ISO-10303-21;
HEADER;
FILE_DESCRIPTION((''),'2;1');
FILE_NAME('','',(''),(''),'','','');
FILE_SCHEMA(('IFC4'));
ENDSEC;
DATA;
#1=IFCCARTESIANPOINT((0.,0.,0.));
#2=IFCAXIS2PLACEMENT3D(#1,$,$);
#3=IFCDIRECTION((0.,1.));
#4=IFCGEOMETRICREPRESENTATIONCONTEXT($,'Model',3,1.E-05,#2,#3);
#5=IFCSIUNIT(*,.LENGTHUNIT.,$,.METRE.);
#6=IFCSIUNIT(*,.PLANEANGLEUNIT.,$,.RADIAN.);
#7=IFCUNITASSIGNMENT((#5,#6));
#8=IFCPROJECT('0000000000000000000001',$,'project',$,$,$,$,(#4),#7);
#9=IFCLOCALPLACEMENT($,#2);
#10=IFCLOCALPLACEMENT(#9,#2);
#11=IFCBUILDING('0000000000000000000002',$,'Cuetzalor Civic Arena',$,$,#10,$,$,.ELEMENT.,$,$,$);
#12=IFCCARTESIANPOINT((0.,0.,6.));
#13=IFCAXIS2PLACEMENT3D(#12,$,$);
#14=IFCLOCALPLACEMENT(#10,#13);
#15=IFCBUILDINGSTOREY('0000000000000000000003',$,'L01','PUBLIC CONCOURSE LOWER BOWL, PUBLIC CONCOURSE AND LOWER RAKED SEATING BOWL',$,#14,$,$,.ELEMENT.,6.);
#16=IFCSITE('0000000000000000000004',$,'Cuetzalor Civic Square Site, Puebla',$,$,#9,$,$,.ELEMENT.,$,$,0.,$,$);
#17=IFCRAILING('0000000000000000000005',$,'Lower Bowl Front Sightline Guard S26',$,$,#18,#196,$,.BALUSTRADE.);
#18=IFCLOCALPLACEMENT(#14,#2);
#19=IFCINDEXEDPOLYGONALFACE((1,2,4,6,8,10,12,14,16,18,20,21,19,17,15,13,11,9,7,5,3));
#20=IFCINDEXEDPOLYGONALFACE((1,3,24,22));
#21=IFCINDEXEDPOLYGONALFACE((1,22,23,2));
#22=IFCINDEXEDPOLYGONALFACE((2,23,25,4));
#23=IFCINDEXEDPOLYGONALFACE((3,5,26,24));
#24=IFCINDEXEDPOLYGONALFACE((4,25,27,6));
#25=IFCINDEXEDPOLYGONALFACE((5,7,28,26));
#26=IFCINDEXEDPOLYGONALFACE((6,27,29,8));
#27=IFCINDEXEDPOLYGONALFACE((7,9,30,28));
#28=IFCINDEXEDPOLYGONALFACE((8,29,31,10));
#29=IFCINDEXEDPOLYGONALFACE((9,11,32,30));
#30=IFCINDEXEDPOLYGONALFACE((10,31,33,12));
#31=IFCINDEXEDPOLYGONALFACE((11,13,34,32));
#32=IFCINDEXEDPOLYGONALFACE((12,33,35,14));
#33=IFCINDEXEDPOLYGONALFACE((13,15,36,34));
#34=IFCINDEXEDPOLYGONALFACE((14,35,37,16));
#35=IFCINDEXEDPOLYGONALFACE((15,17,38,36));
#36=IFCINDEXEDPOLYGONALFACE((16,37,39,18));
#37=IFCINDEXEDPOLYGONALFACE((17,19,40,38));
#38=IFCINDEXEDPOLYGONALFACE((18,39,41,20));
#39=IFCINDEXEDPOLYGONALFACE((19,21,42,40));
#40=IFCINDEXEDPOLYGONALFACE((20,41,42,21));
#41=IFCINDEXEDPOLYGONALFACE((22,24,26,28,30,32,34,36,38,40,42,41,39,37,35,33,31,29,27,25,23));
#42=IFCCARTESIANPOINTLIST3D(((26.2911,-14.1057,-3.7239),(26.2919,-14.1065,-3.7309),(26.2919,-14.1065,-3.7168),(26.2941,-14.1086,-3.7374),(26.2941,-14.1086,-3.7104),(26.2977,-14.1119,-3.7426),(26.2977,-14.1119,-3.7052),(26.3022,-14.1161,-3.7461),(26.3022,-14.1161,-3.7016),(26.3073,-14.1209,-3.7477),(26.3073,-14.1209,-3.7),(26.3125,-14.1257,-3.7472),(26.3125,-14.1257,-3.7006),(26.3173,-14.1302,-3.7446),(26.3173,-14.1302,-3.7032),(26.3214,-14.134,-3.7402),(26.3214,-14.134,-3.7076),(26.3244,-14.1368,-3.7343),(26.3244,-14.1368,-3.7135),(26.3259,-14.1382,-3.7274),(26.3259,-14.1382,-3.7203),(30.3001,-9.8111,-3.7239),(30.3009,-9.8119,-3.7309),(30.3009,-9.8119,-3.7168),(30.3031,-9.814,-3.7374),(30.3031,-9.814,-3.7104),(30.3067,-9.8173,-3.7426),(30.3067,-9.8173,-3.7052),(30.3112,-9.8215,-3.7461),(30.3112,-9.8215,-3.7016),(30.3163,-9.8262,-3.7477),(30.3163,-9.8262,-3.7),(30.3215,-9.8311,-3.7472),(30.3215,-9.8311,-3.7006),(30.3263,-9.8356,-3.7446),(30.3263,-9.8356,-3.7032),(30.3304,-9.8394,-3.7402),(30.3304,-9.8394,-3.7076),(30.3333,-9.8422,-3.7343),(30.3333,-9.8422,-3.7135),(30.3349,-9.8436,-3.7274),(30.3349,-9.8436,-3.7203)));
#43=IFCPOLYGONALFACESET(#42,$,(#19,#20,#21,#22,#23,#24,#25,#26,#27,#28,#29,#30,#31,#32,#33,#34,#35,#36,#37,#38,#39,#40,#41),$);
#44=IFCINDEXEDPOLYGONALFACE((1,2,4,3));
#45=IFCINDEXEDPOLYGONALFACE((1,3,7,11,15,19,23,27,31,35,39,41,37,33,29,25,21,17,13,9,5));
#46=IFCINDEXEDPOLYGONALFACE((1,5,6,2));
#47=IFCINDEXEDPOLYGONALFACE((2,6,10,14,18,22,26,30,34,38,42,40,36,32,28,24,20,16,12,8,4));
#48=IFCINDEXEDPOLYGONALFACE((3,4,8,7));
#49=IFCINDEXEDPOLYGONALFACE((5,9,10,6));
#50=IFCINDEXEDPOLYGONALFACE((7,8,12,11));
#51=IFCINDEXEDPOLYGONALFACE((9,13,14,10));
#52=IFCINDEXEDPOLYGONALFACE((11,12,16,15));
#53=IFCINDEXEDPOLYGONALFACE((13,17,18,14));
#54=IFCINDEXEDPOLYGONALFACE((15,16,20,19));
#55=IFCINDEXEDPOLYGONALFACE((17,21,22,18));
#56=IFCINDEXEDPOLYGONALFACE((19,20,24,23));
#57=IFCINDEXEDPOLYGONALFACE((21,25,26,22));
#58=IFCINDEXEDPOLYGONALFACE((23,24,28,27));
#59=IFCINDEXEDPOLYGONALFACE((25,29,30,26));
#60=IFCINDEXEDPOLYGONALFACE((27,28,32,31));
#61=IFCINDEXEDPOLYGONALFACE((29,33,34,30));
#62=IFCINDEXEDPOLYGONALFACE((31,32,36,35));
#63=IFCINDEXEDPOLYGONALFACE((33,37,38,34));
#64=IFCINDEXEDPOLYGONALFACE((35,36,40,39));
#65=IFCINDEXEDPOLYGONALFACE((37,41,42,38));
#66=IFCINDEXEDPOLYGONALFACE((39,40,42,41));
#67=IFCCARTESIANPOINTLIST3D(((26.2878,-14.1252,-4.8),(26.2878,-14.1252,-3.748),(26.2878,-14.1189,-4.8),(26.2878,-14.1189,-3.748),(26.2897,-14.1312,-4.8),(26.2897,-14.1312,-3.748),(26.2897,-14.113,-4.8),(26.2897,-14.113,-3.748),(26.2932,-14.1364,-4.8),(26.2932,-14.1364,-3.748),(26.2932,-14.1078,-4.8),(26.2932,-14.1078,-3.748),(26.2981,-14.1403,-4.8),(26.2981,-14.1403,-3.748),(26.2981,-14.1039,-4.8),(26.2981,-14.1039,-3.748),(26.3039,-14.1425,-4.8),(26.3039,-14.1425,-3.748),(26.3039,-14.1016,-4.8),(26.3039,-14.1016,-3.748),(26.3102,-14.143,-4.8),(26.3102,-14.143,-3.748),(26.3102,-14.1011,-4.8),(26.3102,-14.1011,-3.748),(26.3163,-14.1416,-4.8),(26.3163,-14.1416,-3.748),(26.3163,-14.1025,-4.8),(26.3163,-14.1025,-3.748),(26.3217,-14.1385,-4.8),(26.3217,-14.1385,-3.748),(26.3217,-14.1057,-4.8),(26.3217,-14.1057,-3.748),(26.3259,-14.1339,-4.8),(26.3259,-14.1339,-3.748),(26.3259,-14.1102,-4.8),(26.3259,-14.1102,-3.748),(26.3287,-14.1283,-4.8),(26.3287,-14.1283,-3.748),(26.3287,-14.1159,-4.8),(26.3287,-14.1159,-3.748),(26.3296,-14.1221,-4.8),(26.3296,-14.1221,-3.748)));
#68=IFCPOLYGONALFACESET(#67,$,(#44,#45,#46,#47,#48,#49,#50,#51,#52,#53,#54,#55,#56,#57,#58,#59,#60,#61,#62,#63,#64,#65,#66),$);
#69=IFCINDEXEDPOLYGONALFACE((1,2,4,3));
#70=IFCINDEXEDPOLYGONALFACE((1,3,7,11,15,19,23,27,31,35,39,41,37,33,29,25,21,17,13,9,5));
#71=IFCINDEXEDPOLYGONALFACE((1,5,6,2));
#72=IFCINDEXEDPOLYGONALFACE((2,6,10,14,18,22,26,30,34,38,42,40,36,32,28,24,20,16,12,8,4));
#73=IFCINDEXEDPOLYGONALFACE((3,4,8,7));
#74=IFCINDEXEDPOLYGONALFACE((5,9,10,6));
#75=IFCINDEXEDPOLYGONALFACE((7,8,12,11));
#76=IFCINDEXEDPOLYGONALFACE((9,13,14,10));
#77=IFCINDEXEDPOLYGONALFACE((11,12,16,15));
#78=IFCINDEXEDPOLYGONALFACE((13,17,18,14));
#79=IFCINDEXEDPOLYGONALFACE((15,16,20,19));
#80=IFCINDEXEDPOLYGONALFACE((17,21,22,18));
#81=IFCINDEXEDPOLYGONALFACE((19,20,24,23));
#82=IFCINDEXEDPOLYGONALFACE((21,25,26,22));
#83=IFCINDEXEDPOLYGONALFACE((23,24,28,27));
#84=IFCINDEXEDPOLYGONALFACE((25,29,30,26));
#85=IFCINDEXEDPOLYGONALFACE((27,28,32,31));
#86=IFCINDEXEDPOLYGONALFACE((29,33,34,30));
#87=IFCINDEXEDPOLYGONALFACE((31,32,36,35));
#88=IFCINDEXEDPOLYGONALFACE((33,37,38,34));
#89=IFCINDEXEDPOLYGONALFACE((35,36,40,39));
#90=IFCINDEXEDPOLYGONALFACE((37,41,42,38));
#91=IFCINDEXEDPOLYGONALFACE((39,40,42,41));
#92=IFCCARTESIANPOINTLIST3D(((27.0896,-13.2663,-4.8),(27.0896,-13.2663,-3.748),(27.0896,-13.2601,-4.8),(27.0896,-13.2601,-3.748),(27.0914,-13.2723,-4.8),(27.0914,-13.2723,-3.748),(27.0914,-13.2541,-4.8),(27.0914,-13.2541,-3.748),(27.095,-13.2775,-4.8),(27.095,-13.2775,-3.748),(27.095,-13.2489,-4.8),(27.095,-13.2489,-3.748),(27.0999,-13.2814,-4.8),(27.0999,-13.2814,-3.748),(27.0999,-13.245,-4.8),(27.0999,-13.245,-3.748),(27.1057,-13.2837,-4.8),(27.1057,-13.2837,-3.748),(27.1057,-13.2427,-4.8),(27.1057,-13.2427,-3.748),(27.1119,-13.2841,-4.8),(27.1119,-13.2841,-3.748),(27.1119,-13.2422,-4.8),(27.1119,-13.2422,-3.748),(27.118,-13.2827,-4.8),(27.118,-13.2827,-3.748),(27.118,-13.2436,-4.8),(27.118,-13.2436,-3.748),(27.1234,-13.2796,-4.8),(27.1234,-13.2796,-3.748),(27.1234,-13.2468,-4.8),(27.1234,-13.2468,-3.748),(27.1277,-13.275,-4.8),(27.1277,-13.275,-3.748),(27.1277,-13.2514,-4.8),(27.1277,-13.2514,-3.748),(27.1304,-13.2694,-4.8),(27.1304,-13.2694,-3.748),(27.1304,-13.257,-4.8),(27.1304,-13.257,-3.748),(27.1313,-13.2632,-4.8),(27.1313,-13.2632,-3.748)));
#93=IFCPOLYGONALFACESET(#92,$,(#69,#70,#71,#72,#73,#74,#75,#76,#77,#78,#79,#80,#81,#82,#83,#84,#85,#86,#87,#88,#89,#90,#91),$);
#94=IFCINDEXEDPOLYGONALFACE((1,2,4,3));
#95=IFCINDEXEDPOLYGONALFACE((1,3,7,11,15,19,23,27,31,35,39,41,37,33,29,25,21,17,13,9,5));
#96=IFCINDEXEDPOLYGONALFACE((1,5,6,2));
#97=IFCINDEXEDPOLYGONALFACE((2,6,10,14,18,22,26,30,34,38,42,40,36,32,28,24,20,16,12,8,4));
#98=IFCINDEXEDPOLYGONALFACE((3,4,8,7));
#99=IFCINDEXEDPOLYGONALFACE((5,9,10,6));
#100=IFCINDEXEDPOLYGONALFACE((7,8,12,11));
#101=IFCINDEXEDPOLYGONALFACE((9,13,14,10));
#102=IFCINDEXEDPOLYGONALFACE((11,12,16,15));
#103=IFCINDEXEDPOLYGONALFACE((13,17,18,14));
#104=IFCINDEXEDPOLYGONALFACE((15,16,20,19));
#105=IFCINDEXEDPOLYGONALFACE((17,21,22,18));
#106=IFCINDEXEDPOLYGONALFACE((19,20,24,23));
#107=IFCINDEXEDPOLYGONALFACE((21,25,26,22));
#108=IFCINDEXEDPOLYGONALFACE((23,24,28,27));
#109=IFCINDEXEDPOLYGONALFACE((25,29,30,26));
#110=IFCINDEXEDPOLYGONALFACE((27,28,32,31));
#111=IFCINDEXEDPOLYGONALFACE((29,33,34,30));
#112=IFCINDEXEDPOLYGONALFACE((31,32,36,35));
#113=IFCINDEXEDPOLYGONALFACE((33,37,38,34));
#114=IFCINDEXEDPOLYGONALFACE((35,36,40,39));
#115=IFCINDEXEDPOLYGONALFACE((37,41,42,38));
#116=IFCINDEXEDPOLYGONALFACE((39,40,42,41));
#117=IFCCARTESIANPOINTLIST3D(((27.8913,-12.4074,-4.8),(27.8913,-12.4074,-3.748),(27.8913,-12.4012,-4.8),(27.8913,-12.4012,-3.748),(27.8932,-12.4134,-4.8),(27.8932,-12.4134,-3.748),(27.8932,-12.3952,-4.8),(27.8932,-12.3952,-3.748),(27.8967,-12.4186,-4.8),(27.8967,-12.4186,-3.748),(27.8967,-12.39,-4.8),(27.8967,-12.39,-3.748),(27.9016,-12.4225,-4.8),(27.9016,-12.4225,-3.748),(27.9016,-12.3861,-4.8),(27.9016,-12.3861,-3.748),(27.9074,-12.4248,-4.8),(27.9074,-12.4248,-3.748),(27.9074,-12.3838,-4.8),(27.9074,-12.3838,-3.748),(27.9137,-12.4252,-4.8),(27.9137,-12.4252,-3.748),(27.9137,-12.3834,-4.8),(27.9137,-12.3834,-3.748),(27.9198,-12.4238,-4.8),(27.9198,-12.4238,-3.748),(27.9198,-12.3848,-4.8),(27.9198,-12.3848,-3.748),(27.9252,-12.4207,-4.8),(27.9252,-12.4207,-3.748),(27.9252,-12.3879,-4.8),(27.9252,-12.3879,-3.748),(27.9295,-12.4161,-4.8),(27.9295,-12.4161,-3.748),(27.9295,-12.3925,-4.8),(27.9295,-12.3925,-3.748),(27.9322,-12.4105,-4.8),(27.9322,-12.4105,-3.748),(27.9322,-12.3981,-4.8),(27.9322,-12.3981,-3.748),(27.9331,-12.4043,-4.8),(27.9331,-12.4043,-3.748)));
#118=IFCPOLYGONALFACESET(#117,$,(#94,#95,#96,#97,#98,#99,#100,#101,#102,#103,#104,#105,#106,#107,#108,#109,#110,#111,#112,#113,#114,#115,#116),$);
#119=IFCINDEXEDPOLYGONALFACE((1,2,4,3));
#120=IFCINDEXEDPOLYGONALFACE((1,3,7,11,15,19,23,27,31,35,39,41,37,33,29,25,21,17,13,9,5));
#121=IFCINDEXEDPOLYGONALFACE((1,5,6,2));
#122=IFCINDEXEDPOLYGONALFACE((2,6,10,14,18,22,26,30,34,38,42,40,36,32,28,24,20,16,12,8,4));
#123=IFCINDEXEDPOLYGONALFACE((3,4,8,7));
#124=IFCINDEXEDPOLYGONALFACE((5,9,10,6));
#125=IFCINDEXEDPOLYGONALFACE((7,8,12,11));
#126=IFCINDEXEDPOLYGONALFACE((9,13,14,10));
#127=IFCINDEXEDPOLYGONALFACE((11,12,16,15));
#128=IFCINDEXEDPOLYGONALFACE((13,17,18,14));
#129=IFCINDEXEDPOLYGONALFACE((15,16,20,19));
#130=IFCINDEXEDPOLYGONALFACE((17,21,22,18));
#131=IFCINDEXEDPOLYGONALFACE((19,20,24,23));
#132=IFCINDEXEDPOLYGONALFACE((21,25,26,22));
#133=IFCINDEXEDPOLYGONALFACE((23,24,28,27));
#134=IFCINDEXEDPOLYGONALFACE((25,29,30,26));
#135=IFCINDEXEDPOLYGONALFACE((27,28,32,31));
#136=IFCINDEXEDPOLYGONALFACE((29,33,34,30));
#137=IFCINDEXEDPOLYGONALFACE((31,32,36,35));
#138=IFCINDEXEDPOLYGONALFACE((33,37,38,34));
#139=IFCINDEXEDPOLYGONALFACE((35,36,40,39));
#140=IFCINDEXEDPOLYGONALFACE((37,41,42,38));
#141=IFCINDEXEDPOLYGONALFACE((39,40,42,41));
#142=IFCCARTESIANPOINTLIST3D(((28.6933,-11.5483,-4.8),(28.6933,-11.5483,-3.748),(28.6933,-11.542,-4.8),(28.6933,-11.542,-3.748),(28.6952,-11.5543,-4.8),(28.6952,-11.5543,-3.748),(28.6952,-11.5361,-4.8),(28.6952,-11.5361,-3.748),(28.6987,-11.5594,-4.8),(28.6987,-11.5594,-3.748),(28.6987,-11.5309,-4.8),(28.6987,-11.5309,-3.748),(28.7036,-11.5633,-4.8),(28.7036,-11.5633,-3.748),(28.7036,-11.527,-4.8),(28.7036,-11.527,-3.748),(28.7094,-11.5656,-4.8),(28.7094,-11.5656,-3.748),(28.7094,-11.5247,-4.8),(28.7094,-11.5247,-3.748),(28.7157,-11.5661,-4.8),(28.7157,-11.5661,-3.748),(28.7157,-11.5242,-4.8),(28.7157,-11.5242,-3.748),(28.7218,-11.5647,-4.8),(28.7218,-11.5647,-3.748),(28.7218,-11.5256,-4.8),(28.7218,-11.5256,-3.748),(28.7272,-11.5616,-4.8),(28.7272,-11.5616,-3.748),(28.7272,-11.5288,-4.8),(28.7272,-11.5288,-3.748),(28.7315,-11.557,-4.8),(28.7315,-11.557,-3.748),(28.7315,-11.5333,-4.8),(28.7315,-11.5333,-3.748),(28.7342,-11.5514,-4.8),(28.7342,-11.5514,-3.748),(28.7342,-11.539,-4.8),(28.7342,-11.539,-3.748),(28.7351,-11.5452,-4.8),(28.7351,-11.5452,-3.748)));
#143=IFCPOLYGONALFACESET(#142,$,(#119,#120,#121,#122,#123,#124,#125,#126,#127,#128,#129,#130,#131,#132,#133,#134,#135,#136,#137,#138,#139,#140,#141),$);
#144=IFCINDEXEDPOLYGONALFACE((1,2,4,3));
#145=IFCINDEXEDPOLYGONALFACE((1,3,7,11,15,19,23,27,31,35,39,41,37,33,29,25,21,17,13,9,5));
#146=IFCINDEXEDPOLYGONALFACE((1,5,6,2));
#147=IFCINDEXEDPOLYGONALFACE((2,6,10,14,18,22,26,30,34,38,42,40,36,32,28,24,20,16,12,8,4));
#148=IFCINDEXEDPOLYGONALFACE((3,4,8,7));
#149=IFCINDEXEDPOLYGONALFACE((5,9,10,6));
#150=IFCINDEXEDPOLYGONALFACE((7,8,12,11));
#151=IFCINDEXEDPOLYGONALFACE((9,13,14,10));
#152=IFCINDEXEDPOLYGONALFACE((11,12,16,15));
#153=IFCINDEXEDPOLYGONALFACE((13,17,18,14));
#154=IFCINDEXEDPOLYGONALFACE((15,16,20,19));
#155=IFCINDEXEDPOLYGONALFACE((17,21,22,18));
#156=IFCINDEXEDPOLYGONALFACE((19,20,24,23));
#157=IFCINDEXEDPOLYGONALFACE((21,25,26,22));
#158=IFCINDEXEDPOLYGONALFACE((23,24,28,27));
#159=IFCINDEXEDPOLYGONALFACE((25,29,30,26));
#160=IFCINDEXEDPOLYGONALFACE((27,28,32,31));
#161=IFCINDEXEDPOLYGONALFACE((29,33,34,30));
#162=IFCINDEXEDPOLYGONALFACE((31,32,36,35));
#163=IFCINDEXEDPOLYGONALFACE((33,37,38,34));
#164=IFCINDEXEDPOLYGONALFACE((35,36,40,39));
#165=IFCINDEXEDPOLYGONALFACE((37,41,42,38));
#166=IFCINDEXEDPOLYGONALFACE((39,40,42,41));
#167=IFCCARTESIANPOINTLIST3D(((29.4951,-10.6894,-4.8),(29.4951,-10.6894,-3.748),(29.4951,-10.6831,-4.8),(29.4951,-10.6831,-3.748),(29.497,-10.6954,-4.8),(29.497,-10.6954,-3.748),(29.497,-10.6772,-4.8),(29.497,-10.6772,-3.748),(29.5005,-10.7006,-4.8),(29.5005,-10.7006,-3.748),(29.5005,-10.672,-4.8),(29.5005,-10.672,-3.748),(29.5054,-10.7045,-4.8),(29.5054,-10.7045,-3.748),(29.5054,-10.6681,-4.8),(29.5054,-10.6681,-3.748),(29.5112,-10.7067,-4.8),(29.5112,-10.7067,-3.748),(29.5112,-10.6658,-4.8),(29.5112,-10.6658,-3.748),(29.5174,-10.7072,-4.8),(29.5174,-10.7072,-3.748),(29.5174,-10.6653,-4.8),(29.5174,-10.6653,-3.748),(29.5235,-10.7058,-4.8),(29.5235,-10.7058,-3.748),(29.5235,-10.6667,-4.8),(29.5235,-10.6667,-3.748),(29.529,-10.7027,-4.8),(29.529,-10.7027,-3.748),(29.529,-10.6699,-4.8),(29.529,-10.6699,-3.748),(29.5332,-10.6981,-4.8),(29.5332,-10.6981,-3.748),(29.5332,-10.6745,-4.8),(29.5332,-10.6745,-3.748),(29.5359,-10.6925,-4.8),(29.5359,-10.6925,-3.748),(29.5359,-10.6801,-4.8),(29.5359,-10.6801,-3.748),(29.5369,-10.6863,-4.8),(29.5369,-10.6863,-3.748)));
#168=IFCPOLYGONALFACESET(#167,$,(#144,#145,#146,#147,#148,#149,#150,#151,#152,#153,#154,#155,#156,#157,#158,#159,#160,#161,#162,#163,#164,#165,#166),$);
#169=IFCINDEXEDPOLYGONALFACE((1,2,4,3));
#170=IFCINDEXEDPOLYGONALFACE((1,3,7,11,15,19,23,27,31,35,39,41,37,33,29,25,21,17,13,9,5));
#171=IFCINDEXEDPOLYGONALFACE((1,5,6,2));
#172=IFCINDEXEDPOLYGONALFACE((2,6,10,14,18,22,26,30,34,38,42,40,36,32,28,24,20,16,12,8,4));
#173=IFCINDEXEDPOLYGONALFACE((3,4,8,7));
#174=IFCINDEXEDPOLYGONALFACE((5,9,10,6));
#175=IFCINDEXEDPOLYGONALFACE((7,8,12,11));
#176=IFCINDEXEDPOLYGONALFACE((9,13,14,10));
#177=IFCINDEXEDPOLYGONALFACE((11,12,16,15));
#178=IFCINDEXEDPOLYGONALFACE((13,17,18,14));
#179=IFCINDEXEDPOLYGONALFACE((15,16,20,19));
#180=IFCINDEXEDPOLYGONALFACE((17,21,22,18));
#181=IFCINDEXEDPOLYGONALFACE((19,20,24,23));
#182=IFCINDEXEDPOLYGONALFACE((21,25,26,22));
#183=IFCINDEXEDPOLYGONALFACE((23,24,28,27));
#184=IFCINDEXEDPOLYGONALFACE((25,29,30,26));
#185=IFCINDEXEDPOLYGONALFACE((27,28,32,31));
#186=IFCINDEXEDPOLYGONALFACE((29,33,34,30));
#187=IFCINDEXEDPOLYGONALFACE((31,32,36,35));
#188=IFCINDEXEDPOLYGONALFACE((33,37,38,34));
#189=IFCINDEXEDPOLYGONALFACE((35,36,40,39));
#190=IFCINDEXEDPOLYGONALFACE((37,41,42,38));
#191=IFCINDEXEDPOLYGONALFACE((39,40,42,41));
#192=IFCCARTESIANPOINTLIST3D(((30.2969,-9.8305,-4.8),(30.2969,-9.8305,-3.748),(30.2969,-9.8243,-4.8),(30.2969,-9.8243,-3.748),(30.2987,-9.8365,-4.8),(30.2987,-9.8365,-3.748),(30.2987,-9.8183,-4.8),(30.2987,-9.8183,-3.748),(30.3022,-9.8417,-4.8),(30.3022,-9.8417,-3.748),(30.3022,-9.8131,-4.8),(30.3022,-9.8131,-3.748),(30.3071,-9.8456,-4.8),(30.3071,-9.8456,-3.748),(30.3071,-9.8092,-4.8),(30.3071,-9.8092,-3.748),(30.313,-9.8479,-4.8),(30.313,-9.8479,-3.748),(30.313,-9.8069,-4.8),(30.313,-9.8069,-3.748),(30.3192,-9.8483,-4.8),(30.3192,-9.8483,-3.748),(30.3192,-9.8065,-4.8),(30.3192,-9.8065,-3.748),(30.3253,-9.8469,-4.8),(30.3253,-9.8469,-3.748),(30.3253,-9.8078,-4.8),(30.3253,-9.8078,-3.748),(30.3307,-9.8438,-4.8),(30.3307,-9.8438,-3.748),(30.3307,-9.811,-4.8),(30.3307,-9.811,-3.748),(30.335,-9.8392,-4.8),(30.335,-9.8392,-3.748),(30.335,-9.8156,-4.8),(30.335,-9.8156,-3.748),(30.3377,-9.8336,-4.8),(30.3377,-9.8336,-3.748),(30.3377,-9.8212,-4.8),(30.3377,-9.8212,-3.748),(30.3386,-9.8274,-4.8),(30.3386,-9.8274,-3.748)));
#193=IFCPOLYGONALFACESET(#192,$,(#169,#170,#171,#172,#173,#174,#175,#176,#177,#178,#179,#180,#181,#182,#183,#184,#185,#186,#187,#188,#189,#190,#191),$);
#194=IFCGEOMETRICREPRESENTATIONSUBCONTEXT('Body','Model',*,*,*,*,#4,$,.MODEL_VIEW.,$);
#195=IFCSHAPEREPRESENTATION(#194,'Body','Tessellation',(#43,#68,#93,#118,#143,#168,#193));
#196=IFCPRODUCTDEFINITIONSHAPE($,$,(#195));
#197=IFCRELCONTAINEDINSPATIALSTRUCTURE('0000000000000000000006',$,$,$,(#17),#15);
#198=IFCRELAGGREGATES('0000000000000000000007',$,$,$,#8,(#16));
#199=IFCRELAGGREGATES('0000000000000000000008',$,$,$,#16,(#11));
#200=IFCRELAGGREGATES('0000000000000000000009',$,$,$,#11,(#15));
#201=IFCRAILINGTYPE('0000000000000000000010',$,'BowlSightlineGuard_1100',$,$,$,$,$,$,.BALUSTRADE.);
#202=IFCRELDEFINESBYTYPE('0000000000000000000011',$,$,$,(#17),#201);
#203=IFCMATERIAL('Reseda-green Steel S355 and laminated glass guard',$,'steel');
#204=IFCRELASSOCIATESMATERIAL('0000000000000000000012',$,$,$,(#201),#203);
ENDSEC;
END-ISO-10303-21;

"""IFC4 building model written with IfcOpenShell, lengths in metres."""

from ifc_helpers import new_model, si_unit, direction, frame, origin, origin_2d, place, context, subcontext, project, spatial, circle, extrude, material, type_object, element, save


model = new_model("IFC4")

# Units and contexts
model_context = context("Model", 3, precision=1e-05, world=origin(), true_north=direction((0.0, 1.0)))
body_context = subcontext(model_context, "Body", "Model", "MODEL_VIEW")
ifc_project = project(units=[si_unit("LENGTHUNIT", "METRE"), si_unit("PLANEANGLEUNIT", "RADIAN")], contexts=[model_context])

# Site, building, storey
site_placement = place(None, origin())
site = spatial("IfcSite", under=ifc_project, at=site_placement, Name="Cuetzalor Civic Square Site, Puebla", CompositionType="ELEMENT", RefElevation=0.0)
building_placement = place(site_placement, origin())
building = spatial("IfcBuilding", under=site, at=building_placement, Name="Cuetzalor Civic Arena", CompositionType="ELEMENT")
storey_placement = place(building_placement, frame((0.0, 0.0, 6.0)))
storey = spatial("IfcBuildingStorey", under=building, at=storey_placement, Name="L01", Description="PUBLIC CONCOURSE LOWER BOWL, PUBLIC CONCOURSE AND LOWER RAKED SEATING BOWL", CompositionType="ELEMENT", Elevation=6.0)

# Railing
ifc_material_1 = material(Name="Reseda-green Steel S355 and laminated glass guard", Category="steel")
railing_type_1 = type_object("IfcRailingType", Name="BowlSightlineGuard_1100", PredefinedType="BALUSTRADE", material=ifc_material_1)
railing_1_placement = place(storey_placement, frame((26.3086, -14.1221, -4.8)))
element("IfcRailing", 1, at=railing_1_placement, inside=storey, type_object=railing_type_1, Name="Lower Bowl Front Sightline Guard S26", PredefinedType="BALUSTRADE", context=body_context, shape_type="SweptSolid", body=[
    extrude(circle(Radius=0.0239, at=origin_2d()), frame((0.0, 0.0, 1.0762), z_axis=(0.682379, 0.730999, 0.0), x_axis=(-0.730999, 0.682379, 0.0)), (0.0, 0.0, 1.0), 5.875),
    extrude(circle(Radius=0.021, at=origin_2d()), origin(), (0.0, 0.0, 1.0), 1.052),
    extrude(circle(Radius=0.021, at=origin_2d()), frame((0.8018, 0.8589, 0.0)), (0.0, 0.0, 1.0), 1.052),
    extrude(circle(Radius=0.021, at=origin_2d()), frame((1.6035, 1.7178, 0.0)), (0.0, 0.0, 1.0), 1.052),
    extrude(circle(Radius=0.021, at=origin_2d()), frame((2.4055, 2.5769, 0.0)), (0.0, 0.0, 1.0), 1.052),
    extrude(circle(Radius=0.021, at=origin_2d()), frame((3.2073, 3.4358, 0.0)), (0.0, 0.0, 1.0), 1.052),
    extrude(circle(Radius=0.021, at=origin_2d()), frame((4.009, 4.2947, 0.0)), (0.0, 0.0, 1.0), 1.052),
])

save(model, "model.ifc")
